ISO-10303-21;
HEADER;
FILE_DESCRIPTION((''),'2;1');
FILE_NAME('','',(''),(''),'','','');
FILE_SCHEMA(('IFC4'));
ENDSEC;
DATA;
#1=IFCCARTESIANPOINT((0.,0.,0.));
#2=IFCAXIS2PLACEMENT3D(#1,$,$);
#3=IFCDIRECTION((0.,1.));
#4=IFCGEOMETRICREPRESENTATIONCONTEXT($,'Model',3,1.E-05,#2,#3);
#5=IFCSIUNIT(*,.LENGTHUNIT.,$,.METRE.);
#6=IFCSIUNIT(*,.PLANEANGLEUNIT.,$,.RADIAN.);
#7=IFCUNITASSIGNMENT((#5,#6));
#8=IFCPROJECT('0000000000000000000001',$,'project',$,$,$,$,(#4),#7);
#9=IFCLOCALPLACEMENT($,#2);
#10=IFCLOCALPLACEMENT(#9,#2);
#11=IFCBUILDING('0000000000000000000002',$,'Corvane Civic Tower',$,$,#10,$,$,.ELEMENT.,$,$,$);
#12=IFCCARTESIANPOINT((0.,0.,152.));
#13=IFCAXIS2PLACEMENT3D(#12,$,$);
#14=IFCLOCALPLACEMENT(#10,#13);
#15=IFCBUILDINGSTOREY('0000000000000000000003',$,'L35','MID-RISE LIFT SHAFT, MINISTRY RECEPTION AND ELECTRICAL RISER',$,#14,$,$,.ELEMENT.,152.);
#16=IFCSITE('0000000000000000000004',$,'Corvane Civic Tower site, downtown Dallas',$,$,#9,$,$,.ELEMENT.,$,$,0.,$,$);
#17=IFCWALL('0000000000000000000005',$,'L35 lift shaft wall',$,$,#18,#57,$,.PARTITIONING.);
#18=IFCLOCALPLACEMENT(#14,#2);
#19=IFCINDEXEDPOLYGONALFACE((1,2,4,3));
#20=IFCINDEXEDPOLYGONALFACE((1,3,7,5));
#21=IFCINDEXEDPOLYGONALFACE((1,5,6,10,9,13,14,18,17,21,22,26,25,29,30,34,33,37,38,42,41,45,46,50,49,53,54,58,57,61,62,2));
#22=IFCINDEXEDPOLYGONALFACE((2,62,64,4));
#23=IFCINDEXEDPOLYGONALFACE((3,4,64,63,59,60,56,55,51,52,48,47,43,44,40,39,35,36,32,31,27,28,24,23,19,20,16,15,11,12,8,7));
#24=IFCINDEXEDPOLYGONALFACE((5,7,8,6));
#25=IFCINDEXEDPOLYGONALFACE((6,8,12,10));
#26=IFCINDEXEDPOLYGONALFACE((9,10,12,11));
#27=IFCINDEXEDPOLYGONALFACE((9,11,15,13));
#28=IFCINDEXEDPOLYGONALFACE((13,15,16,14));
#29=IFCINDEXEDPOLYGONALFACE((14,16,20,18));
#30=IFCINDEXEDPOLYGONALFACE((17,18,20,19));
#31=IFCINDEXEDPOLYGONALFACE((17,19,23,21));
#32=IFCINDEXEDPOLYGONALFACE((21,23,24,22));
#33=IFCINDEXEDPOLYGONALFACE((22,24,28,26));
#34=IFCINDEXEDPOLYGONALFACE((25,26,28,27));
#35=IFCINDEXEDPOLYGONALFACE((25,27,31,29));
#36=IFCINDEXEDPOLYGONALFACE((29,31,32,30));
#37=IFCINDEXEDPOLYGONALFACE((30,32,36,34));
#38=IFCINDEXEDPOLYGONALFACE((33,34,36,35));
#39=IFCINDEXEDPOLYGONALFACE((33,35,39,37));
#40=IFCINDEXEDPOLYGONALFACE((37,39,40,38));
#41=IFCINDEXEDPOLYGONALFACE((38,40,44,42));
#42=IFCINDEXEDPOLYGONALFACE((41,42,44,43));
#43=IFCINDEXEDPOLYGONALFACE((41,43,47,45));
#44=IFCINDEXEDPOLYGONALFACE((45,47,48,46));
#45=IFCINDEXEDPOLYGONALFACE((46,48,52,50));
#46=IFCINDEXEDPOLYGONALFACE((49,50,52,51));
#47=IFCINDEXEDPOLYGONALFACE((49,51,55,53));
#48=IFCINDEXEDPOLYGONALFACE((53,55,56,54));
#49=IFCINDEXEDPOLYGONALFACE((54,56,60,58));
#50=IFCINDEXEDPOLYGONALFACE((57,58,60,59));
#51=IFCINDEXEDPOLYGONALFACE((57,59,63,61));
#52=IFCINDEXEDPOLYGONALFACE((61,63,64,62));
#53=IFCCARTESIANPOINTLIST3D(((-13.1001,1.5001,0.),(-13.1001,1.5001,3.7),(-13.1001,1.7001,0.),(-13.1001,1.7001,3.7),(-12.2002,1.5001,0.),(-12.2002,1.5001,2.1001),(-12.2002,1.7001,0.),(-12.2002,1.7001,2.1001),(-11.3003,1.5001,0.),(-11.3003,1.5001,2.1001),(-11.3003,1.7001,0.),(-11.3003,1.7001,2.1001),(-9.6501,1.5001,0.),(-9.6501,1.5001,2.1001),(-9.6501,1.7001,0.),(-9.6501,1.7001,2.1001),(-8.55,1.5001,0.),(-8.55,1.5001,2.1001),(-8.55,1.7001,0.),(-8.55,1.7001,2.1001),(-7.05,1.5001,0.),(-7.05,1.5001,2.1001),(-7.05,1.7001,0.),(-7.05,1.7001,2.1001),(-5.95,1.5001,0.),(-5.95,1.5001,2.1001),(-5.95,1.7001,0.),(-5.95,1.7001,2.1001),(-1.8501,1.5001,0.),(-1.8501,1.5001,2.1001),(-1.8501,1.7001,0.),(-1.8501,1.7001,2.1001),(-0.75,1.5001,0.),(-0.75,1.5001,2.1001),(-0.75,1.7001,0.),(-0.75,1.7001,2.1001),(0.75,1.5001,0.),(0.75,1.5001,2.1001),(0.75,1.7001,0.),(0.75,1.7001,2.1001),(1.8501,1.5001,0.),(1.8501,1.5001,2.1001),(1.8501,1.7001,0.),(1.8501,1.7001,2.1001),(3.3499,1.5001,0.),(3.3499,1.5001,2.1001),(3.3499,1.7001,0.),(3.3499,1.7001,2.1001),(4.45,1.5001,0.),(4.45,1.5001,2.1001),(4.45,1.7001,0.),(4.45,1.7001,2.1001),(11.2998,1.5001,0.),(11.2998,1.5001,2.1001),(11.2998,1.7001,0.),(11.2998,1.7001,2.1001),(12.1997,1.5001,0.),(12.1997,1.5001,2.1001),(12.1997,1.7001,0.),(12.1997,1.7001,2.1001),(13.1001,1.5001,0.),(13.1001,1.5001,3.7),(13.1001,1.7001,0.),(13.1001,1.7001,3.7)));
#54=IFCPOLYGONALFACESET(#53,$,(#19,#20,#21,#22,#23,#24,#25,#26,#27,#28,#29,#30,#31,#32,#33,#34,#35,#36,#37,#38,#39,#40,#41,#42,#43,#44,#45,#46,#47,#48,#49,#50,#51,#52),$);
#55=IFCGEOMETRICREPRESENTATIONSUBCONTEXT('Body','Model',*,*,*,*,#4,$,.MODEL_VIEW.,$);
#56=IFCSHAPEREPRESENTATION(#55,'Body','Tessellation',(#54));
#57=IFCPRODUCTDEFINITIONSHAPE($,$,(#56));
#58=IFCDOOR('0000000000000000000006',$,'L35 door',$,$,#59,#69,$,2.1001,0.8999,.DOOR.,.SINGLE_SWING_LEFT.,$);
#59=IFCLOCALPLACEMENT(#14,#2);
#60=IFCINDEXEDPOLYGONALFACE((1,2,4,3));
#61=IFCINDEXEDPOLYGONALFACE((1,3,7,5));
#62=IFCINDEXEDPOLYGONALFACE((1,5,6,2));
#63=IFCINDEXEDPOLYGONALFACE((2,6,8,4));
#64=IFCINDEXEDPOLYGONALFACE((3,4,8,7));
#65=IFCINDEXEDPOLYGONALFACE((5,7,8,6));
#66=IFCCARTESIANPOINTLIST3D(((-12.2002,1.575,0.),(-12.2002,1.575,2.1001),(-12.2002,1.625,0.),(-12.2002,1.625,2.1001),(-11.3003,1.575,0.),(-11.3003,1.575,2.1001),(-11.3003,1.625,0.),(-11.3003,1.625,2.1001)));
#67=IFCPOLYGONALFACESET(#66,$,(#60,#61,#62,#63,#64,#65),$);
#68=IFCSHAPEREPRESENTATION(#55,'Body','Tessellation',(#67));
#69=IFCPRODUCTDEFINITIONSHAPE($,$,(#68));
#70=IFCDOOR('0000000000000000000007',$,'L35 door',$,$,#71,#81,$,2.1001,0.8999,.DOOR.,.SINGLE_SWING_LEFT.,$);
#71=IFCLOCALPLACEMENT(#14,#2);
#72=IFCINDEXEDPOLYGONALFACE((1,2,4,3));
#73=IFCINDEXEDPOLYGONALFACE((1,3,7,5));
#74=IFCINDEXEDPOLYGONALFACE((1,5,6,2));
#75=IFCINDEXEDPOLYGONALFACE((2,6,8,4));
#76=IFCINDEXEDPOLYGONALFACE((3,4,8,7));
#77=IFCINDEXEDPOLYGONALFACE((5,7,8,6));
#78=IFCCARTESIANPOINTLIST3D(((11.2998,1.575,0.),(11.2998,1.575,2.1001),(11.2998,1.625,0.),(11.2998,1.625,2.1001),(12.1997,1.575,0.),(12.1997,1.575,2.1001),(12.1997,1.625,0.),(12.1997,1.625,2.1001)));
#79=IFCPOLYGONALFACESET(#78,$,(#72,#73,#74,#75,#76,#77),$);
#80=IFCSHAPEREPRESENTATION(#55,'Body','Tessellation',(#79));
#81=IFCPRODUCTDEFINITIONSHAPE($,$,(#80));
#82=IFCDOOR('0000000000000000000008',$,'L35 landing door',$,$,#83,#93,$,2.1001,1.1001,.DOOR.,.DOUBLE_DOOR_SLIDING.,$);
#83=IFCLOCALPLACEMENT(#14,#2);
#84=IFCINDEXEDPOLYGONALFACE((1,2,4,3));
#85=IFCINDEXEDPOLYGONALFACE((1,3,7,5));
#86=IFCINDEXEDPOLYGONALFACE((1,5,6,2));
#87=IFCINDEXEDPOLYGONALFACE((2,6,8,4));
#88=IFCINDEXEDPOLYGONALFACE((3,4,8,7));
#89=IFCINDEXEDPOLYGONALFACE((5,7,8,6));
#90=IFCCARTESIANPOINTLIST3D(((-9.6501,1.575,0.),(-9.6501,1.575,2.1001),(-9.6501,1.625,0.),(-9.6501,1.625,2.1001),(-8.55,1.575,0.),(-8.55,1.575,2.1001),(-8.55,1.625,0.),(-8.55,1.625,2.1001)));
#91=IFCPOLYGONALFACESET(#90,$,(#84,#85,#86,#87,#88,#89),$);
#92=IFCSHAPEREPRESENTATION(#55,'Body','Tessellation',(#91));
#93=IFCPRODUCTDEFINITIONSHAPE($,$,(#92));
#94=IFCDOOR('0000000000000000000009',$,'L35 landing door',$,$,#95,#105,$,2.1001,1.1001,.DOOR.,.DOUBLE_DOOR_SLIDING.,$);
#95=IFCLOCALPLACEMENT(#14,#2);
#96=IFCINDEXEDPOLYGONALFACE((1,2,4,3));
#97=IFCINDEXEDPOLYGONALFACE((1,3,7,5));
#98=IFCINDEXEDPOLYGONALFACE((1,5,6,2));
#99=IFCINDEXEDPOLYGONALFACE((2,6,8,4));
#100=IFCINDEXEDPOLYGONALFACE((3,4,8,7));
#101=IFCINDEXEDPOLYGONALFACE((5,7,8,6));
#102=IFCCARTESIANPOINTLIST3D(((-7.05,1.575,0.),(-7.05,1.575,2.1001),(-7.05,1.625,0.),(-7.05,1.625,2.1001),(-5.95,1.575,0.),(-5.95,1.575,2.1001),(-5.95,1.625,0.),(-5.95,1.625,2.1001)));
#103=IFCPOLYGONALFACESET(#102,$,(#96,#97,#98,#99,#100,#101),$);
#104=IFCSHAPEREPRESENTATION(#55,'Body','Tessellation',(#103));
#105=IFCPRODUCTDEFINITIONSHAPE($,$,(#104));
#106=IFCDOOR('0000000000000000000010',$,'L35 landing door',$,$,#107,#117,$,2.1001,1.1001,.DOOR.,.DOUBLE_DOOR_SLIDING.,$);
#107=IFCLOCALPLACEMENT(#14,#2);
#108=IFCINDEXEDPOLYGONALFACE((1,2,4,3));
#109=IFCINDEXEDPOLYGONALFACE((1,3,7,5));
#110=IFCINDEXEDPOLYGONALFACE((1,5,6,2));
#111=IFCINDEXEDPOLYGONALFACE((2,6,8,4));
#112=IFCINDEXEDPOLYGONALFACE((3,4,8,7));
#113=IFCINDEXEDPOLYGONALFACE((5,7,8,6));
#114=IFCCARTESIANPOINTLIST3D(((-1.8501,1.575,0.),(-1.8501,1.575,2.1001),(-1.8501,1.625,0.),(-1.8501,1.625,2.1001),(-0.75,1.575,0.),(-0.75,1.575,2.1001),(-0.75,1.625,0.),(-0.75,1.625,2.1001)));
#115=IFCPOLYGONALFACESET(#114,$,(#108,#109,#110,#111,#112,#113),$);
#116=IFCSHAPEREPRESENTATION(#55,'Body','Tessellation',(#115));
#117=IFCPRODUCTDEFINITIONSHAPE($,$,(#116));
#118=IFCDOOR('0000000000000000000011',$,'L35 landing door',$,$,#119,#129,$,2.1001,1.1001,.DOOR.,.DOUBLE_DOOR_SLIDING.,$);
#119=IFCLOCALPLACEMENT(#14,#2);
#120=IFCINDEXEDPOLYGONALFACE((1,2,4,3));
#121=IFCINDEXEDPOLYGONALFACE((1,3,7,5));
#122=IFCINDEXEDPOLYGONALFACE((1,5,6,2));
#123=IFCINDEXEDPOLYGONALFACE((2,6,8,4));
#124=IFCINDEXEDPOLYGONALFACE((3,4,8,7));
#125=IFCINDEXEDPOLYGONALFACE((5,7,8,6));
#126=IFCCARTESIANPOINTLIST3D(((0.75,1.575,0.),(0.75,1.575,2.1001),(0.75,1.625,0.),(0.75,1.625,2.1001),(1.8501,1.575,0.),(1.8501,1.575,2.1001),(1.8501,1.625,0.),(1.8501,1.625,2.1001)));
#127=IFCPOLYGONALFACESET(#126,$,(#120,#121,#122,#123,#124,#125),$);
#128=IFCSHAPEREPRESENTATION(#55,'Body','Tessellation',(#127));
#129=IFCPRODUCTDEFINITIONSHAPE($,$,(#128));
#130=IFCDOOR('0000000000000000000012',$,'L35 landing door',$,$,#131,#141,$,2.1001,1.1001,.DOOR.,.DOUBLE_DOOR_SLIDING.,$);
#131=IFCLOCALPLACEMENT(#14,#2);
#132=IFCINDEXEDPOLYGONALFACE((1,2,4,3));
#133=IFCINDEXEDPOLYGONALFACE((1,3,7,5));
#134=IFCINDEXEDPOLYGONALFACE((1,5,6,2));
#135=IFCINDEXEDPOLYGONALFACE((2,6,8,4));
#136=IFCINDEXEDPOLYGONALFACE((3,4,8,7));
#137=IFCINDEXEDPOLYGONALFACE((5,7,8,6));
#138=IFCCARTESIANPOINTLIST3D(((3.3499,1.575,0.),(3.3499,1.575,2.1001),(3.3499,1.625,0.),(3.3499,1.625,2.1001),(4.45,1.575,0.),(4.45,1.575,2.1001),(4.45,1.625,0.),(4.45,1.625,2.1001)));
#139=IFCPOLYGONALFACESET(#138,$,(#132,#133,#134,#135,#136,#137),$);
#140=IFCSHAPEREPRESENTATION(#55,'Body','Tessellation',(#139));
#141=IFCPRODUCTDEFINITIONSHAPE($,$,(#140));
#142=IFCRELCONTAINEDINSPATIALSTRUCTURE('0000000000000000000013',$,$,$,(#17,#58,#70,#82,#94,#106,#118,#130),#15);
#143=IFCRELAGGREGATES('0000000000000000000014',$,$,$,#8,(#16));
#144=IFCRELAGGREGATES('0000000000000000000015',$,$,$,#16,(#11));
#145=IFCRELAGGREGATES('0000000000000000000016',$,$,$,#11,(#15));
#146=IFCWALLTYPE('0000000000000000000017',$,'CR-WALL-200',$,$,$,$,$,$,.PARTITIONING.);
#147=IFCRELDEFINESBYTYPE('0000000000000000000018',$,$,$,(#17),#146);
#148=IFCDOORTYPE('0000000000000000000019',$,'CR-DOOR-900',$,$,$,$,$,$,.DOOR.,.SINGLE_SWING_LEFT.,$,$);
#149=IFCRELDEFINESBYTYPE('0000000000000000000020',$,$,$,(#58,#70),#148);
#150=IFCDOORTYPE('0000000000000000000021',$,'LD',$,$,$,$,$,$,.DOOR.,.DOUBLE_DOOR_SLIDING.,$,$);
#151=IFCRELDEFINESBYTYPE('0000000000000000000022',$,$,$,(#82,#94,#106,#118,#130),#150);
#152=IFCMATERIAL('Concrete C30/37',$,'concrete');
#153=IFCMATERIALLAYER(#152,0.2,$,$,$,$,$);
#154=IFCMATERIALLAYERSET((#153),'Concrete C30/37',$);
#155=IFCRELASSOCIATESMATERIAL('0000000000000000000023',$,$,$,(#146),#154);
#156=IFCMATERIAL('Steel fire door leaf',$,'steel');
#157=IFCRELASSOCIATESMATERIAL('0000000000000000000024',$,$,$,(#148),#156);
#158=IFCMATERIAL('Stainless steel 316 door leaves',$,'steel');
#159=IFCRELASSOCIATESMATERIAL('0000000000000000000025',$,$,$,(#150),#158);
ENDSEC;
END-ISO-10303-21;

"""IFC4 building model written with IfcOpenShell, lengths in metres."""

from ifc_helpers import new_model, si_unit, direction, frame, frame_2d, origin, place, context, subcontext, project, spatial, rectangle, extrude, material, layer, layer_set, type_object, element, fill, save


model = new_model("IFC4")

# Units and contexts
model_context = context("Model", 3, precision=1e-05, world=origin(), true_north=direction((0.0, 1.0)))
body_context = subcontext(model_context, "Body", "Model", "MODEL_VIEW")
ifc_project = project(units=[si_unit("LENGTHUNIT", "METRE"), si_unit("PLANEANGLEUNIT", "RADIAN")], contexts=[model_context])

# Site, building, storey
site_placement = place(None, origin())
site = spatial("IfcSite", under=ifc_project, at=site_placement, Name="Corvane Civic Tower site, downtown Dallas", CompositionType="ELEMENT", RefElevation=0.0)
building_placement = place(site_placement, origin())
building = spatial("IfcBuilding", under=site, at=building_placement, Name="Corvane Civic Tower", CompositionType="ELEMENT")
storey_placement = place(building_placement, frame((0.0, 0.0, 152.0)))
storey = spatial("IfcBuildingStorey", under=building, at=storey_placement, Name="L35", Description="MID-RISE LIFT SHAFT, MINISTRY RECEPTION AND ELECTRICAL RISER", CompositionType="ELEMENT", Elevation=152.0)

# Wall, openings, doors
ifc_material_1 = material(Name="Concrete C30/37", Category="concrete")
ifc_layer_1 = layer(ifc_material_1, 0.2)
ifc_layer_set_1 = layer_set([ifc_layer_1], Name="Concrete C30/37")
wall_type_1 = type_object("IfcWallType", Name="CR-WALL-200", PredefinedType="PARTITIONING", material=ifc_layer_set_1)
wall_1_placement = place(storey_placement, frame((-13.1001, 1.6001, 0.0), z_axis=(0.0, 0.0, 1.0), x_axis=(1.0, 0.0, 0.0)))
wall_1 = element("IfcWall", 1, at=wall_1_placement, inside=storey, type_object=wall_type_1, Name="L35 lift shaft wall", PredefinedType="PARTITIONING", context=body_context, shape_type="SweptSolid", body=[
    extrude(rectangle(XDim=26.2002, YDim=0.2, at=frame_2d((13.1001, 0.0))), origin(), (0.0, 0.0, 1.0), 3.7),
])
opening_1_placement = place(wall_1_placement, frame((3.45, 0.0, 0.0)))
opening_1 = element("IfcOpeningElement", 2, at=opening_1_placement, cuts=wall_1, PredefinedType="OPENING", context=body_context, shape_type="SweptSolid", body=[
    extrude(rectangle(XDim=1.1001, YDim=2.1001, at=frame_2d((0.55, 1.05))), frame((0.0, 0.1099, 0.0), z_axis=(0.0, -1.0, 0.0), x_axis=(1.0, 0.0, 0.0)), (0.0, 0.0, 1.0), 0.22),
])
opening_2_placement = place(wall_1_placement, frame((6.05, 0.0, 0.0)))
opening_2 = element("IfcOpeningElement", 3, at=opening_2_placement, cuts=wall_1, PredefinedType="OPENING", context=body_context, shape_type="SweptSolid", body=[
    extrude(rectangle(XDim=1.1001, YDim=2.1001, at=frame_2d((0.55, 1.05))), frame((0.0, 0.1099, 0.0), z_axis=(0.0, -1.0, 0.0), x_axis=(1.0, 0.0, 0.0)), (0.0, 0.0, 1.0), 0.22),
])
opening_3_placement = place(wall_1_placement, frame((11.25, 0.0, 0.0)))
opening_3 = element("IfcOpeningElement", 4, at=opening_3_placement, cuts=wall_1, PredefinedType="OPENING", context=body_context, shape_type="SweptSolid", body=[
    extrude(rectangle(XDim=1.1001, YDim=2.1001, at=frame_2d((0.55, 1.05))), frame((0.0, 0.1099, 0.0), z_axis=(0.0, -1.0, 0.0), x_axis=(1.0, 0.0, 0.0)), (0.0, 0.0, 1.0), 0.22),
])
opening_4_placement = place(wall_1_placement, frame((13.8501, 0.0, 0.0)))
opening_4 = element("IfcOpeningElement", 5, at=opening_4_placement, cuts=wall_1, PredefinedType="OPENING", context=body_context, shape_type="SweptSolid", body=[
    extrude(rectangle(XDim=1.1001, YDim=2.1001, at=frame_2d((0.55, 1.05))), frame((0.0, 0.1099, 0.0), z_axis=(0.0, -1.0, 0.0), x_axis=(1.0, 0.0, 0.0)), (0.0, 0.0, 1.0), 0.22),
])
opening_5_placement = place(wall_1_placement, frame((16.45, 0.0, 0.0)))
opening_5 = element("IfcOpeningElement", 6, at=opening_5_placement, cuts=wall_1, PredefinedType="OPENING", context=body_context, shape_type="SweptSolid", body=[
    extrude(rectangle(XDim=1.1001, YDim=2.1001, at=frame_2d((0.55, 1.05))), frame((0.0, 0.1099, 0.0), z_axis=(0.0, -1.0, 0.0), x_axis=(1.0, 0.0, 0.0)), (0.0, 0.0, 1.0), 0.22),
])
opening_6_placement = place(wall_1_placement, frame((0.8999, 0.0, 0.0)))
opening_6 = element("IfcOpeningElement", 7, at=opening_6_placement, cuts=wall_1, PredefinedType="OPENING", context=body_context, shape_type="SweptSolid", body=[
    extrude(rectangle(XDim=0.8999, YDim=2.1001, at=frame_2d((0.45, 1.05))), frame((0.0, 0.1099, 0.0), z_axis=(0.0, -1.0, 0.0), x_axis=(1.0, 0.0, 0.0)), (0.0, 0.0, 1.0), 0.22),
])
opening_7_placement = place(wall_1_placement, frame((24.3999, 0.0, 0.0)))
opening_7 = element("IfcOpeningElement", 8, at=opening_7_placement, cuts=wall_1, PredefinedType="OPENING", context=body_context, shape_type="SweptSolid", body=[
    extrude(rectangle(XDim=0.8999, YDim=2.1001, at=frame_2d((0.45, 1.05))), frame((0.0, 0.1099, 0.0), z_axis=(0.0, -1.0, 0.0), x_axis=(1.0, 0.0, 0.0)), (0.0, 0.0, 1.0), 0.22),
])
ifc_material_2 = material(Name="Steel fire door leaf", Category="steel")
door_type_1 = type_object("IfcDoorType", Name="CR-DOOR-900", OperationType="SINGLE_SWING_LEFT", PredefinedType="DOOR", material=ifc_material_2)
door_1_placement = place(opening_6_placement, origin())
door_1 = element("IfcDoor", 9, at=door_1_placement, inside=storey, type_object=door_type_1, Name="L35 door", OperationType="SINGLE_SWING_LEFT", OverallHeight=2.1001, OverallWidth=0.8999, PredefinedType="DOOR", context=body_context, shape_type="SweptSolid", body=[
    extrude(rectangle(XDim=0.8999, YDim=2.1001, at=frame_2d((0.45, 1.05))), frame((0.0, 0.0249, 0.0), z_axis=(0.0, -1.0, 0.0), x_axis=(1.0, 0.0, 0.0)), (0.0, 0.0, 1.0), 0.05),
])
fill(opening_6, door_1)
door_2_placement = place(opening_7_placement, origin())
door_2 = element("IfcDoor", 10, at=door_2_placement, inside=storey, type_object=door_type_1, Name="L35 door", OperationType="SINGLE_SWING_LEFT", OverallHeight=2.1001, OverallWidth=0.8999, PredefinedType="DOOR", context=body_context, shape_type="SweptSolid", body=[
    extrude(rectangle(XDim=0.8999, YDim=2.1001, at=frame_2d((0.45, 1.05))), frame((0.0, 0.0249, 0.0), z_axis=(0.0, -1.0, 0.0), x_axis=(1.0, 0.0, 0.0)), (0.0, 0.0, 1.0), 0.05),
])
fill(opening_7, door_2)
ifc_material_3 = material(Name="Stainless steel 316 door leaves", Category="steel")
door_type_2 = type_object("IfcDoorType", Name="LD", OperationType="DOUBLE_DOOR_SLIDING", PredefinedType="DOOR", material=ifc_material_3)
door_3_placement = place(opening_1_placement, origin())
door_3 = element("IfcDoor", 11, at=door_3_placement, inside=storey, type_object=door_type_2, Name="L35 landing door", OperationType="DOUBLE_DOOR_SLIDING", OverallHeight=2.1001, OverallWidth=1.1001, PredefinedType="DOOR", context=body_context, shape_type="SweptSolid", body=[
    extrude(rectangle(XDim=1.1001, YDim=2.1001, at=frame_2d((0.55, 1.05))), frame((0.0, 0.0249, 0.0), z_axis=(0.0, -1.0, 0.0), x_axis=(1.0, 0.0, 0.0)), (0.0, 0.0, 1.0), 0.05),
])
fill(opening_1, door_3)
door_4_placement = place(opening_2_placement, origin())
door_4 = element("IfcDoor", 12, at=door_4_placement, inside=storey, type_object=door_type_2, Name="L35 landing door", OperationType="DOUBLE_DOOR_SLIDING", OverallHeight=2.1001, OverallWidth=1.1001, PredefinedType="DOOR", context=body_context, shape_type="SweptSolid", body=[
    extrude(rectangle(XDim=1.1001, YDim=2.1001, at=frame_2d((0.55, 1.05))), frame((0.0, 0.0249, 0.0), z_axis=(0.0, -1.0, 0.0), x_axis=(1.0, 0.0, 0.0)), (0.0, 0.0, 1.0), 0.05),
])
fill(opening_2, door_4)
door_5_placement = place(opening_3_placement, origin())
door_5 = element("IfcDoor", 13, at=door_5_placement, inside=storey, type_object=door_type_2, Name="L35 landing door", OperationType="DOUBLE_DOOR_SLIDING", OverallHeight=2.1001, OverallWidth=1.1001, PredefinedType="DOOR", context=body_context, shape_type="SweptSolid", body=[
    extrude(rectangle(XDim=1.1001, YDim=2.1001, at=frame_2d((0.55, 1.05))), frame((0.0, 0.0249, 0.0), z_axis=(0.0, -1.0, 0.0), x_axis=(1.0, 0.0, 0.0)), (0.0, 0.0, 1.0), 0.05),
])
fill(opening_3, door_5)
door_6_placement = place(opening_4_placement, origin())
door_6 = element("IfcDoor", 14, at=door_6_placement, inside=storey, type_object=door_type_2, Name="L35 landing door", OperationType="DOUBLE_DOOR_SLIDING", OverallHeight=2.1001, OverallWidth=1.1001, PredefinedType="DOOR", context=body_context, shape_type="SweptSolid", body=[
    extrude(rectangle(XDim=1.1001, YDim=2.1001, at=frame_2d((0.55, 1.05))), frame((0.0, 0.0249, 0.0), z_axis=(0.0, -1.0, 0.0), x_axis=(1.0, 0.0, 0.0)), (0.0, 0.0, 1.0), 0.05),
])
fill(opening_4, door_6)
door_7_placement = place(opening_5_placement, origin())
door_7 = element("IfcDoor", 15, at=door_7_placement, inside=storey, type_object=door_type_2, Name="L35 landing door", OperationType="DOUBLE_DOOR_SLIDING", OverallHeight=2.1001, OverallWidth=1.1001, PredefinedType="DOOR", context=body_context, shape_type="SweptSolid", body=[
    extrude(rectangle(XDim=1.1001, YDim=2.1001, at=frame_2d((0.55, 1.05))), frame((0.0, 0.0249, 0.0), z_axis=(0.0, -1.0, 0.0), x_axis=(1.0, 0.0, 0.0)), (0.0, 0.0, 1.0), 0.05),
])
fill(opening_5, door_7)

save(model, "model.ifc")
